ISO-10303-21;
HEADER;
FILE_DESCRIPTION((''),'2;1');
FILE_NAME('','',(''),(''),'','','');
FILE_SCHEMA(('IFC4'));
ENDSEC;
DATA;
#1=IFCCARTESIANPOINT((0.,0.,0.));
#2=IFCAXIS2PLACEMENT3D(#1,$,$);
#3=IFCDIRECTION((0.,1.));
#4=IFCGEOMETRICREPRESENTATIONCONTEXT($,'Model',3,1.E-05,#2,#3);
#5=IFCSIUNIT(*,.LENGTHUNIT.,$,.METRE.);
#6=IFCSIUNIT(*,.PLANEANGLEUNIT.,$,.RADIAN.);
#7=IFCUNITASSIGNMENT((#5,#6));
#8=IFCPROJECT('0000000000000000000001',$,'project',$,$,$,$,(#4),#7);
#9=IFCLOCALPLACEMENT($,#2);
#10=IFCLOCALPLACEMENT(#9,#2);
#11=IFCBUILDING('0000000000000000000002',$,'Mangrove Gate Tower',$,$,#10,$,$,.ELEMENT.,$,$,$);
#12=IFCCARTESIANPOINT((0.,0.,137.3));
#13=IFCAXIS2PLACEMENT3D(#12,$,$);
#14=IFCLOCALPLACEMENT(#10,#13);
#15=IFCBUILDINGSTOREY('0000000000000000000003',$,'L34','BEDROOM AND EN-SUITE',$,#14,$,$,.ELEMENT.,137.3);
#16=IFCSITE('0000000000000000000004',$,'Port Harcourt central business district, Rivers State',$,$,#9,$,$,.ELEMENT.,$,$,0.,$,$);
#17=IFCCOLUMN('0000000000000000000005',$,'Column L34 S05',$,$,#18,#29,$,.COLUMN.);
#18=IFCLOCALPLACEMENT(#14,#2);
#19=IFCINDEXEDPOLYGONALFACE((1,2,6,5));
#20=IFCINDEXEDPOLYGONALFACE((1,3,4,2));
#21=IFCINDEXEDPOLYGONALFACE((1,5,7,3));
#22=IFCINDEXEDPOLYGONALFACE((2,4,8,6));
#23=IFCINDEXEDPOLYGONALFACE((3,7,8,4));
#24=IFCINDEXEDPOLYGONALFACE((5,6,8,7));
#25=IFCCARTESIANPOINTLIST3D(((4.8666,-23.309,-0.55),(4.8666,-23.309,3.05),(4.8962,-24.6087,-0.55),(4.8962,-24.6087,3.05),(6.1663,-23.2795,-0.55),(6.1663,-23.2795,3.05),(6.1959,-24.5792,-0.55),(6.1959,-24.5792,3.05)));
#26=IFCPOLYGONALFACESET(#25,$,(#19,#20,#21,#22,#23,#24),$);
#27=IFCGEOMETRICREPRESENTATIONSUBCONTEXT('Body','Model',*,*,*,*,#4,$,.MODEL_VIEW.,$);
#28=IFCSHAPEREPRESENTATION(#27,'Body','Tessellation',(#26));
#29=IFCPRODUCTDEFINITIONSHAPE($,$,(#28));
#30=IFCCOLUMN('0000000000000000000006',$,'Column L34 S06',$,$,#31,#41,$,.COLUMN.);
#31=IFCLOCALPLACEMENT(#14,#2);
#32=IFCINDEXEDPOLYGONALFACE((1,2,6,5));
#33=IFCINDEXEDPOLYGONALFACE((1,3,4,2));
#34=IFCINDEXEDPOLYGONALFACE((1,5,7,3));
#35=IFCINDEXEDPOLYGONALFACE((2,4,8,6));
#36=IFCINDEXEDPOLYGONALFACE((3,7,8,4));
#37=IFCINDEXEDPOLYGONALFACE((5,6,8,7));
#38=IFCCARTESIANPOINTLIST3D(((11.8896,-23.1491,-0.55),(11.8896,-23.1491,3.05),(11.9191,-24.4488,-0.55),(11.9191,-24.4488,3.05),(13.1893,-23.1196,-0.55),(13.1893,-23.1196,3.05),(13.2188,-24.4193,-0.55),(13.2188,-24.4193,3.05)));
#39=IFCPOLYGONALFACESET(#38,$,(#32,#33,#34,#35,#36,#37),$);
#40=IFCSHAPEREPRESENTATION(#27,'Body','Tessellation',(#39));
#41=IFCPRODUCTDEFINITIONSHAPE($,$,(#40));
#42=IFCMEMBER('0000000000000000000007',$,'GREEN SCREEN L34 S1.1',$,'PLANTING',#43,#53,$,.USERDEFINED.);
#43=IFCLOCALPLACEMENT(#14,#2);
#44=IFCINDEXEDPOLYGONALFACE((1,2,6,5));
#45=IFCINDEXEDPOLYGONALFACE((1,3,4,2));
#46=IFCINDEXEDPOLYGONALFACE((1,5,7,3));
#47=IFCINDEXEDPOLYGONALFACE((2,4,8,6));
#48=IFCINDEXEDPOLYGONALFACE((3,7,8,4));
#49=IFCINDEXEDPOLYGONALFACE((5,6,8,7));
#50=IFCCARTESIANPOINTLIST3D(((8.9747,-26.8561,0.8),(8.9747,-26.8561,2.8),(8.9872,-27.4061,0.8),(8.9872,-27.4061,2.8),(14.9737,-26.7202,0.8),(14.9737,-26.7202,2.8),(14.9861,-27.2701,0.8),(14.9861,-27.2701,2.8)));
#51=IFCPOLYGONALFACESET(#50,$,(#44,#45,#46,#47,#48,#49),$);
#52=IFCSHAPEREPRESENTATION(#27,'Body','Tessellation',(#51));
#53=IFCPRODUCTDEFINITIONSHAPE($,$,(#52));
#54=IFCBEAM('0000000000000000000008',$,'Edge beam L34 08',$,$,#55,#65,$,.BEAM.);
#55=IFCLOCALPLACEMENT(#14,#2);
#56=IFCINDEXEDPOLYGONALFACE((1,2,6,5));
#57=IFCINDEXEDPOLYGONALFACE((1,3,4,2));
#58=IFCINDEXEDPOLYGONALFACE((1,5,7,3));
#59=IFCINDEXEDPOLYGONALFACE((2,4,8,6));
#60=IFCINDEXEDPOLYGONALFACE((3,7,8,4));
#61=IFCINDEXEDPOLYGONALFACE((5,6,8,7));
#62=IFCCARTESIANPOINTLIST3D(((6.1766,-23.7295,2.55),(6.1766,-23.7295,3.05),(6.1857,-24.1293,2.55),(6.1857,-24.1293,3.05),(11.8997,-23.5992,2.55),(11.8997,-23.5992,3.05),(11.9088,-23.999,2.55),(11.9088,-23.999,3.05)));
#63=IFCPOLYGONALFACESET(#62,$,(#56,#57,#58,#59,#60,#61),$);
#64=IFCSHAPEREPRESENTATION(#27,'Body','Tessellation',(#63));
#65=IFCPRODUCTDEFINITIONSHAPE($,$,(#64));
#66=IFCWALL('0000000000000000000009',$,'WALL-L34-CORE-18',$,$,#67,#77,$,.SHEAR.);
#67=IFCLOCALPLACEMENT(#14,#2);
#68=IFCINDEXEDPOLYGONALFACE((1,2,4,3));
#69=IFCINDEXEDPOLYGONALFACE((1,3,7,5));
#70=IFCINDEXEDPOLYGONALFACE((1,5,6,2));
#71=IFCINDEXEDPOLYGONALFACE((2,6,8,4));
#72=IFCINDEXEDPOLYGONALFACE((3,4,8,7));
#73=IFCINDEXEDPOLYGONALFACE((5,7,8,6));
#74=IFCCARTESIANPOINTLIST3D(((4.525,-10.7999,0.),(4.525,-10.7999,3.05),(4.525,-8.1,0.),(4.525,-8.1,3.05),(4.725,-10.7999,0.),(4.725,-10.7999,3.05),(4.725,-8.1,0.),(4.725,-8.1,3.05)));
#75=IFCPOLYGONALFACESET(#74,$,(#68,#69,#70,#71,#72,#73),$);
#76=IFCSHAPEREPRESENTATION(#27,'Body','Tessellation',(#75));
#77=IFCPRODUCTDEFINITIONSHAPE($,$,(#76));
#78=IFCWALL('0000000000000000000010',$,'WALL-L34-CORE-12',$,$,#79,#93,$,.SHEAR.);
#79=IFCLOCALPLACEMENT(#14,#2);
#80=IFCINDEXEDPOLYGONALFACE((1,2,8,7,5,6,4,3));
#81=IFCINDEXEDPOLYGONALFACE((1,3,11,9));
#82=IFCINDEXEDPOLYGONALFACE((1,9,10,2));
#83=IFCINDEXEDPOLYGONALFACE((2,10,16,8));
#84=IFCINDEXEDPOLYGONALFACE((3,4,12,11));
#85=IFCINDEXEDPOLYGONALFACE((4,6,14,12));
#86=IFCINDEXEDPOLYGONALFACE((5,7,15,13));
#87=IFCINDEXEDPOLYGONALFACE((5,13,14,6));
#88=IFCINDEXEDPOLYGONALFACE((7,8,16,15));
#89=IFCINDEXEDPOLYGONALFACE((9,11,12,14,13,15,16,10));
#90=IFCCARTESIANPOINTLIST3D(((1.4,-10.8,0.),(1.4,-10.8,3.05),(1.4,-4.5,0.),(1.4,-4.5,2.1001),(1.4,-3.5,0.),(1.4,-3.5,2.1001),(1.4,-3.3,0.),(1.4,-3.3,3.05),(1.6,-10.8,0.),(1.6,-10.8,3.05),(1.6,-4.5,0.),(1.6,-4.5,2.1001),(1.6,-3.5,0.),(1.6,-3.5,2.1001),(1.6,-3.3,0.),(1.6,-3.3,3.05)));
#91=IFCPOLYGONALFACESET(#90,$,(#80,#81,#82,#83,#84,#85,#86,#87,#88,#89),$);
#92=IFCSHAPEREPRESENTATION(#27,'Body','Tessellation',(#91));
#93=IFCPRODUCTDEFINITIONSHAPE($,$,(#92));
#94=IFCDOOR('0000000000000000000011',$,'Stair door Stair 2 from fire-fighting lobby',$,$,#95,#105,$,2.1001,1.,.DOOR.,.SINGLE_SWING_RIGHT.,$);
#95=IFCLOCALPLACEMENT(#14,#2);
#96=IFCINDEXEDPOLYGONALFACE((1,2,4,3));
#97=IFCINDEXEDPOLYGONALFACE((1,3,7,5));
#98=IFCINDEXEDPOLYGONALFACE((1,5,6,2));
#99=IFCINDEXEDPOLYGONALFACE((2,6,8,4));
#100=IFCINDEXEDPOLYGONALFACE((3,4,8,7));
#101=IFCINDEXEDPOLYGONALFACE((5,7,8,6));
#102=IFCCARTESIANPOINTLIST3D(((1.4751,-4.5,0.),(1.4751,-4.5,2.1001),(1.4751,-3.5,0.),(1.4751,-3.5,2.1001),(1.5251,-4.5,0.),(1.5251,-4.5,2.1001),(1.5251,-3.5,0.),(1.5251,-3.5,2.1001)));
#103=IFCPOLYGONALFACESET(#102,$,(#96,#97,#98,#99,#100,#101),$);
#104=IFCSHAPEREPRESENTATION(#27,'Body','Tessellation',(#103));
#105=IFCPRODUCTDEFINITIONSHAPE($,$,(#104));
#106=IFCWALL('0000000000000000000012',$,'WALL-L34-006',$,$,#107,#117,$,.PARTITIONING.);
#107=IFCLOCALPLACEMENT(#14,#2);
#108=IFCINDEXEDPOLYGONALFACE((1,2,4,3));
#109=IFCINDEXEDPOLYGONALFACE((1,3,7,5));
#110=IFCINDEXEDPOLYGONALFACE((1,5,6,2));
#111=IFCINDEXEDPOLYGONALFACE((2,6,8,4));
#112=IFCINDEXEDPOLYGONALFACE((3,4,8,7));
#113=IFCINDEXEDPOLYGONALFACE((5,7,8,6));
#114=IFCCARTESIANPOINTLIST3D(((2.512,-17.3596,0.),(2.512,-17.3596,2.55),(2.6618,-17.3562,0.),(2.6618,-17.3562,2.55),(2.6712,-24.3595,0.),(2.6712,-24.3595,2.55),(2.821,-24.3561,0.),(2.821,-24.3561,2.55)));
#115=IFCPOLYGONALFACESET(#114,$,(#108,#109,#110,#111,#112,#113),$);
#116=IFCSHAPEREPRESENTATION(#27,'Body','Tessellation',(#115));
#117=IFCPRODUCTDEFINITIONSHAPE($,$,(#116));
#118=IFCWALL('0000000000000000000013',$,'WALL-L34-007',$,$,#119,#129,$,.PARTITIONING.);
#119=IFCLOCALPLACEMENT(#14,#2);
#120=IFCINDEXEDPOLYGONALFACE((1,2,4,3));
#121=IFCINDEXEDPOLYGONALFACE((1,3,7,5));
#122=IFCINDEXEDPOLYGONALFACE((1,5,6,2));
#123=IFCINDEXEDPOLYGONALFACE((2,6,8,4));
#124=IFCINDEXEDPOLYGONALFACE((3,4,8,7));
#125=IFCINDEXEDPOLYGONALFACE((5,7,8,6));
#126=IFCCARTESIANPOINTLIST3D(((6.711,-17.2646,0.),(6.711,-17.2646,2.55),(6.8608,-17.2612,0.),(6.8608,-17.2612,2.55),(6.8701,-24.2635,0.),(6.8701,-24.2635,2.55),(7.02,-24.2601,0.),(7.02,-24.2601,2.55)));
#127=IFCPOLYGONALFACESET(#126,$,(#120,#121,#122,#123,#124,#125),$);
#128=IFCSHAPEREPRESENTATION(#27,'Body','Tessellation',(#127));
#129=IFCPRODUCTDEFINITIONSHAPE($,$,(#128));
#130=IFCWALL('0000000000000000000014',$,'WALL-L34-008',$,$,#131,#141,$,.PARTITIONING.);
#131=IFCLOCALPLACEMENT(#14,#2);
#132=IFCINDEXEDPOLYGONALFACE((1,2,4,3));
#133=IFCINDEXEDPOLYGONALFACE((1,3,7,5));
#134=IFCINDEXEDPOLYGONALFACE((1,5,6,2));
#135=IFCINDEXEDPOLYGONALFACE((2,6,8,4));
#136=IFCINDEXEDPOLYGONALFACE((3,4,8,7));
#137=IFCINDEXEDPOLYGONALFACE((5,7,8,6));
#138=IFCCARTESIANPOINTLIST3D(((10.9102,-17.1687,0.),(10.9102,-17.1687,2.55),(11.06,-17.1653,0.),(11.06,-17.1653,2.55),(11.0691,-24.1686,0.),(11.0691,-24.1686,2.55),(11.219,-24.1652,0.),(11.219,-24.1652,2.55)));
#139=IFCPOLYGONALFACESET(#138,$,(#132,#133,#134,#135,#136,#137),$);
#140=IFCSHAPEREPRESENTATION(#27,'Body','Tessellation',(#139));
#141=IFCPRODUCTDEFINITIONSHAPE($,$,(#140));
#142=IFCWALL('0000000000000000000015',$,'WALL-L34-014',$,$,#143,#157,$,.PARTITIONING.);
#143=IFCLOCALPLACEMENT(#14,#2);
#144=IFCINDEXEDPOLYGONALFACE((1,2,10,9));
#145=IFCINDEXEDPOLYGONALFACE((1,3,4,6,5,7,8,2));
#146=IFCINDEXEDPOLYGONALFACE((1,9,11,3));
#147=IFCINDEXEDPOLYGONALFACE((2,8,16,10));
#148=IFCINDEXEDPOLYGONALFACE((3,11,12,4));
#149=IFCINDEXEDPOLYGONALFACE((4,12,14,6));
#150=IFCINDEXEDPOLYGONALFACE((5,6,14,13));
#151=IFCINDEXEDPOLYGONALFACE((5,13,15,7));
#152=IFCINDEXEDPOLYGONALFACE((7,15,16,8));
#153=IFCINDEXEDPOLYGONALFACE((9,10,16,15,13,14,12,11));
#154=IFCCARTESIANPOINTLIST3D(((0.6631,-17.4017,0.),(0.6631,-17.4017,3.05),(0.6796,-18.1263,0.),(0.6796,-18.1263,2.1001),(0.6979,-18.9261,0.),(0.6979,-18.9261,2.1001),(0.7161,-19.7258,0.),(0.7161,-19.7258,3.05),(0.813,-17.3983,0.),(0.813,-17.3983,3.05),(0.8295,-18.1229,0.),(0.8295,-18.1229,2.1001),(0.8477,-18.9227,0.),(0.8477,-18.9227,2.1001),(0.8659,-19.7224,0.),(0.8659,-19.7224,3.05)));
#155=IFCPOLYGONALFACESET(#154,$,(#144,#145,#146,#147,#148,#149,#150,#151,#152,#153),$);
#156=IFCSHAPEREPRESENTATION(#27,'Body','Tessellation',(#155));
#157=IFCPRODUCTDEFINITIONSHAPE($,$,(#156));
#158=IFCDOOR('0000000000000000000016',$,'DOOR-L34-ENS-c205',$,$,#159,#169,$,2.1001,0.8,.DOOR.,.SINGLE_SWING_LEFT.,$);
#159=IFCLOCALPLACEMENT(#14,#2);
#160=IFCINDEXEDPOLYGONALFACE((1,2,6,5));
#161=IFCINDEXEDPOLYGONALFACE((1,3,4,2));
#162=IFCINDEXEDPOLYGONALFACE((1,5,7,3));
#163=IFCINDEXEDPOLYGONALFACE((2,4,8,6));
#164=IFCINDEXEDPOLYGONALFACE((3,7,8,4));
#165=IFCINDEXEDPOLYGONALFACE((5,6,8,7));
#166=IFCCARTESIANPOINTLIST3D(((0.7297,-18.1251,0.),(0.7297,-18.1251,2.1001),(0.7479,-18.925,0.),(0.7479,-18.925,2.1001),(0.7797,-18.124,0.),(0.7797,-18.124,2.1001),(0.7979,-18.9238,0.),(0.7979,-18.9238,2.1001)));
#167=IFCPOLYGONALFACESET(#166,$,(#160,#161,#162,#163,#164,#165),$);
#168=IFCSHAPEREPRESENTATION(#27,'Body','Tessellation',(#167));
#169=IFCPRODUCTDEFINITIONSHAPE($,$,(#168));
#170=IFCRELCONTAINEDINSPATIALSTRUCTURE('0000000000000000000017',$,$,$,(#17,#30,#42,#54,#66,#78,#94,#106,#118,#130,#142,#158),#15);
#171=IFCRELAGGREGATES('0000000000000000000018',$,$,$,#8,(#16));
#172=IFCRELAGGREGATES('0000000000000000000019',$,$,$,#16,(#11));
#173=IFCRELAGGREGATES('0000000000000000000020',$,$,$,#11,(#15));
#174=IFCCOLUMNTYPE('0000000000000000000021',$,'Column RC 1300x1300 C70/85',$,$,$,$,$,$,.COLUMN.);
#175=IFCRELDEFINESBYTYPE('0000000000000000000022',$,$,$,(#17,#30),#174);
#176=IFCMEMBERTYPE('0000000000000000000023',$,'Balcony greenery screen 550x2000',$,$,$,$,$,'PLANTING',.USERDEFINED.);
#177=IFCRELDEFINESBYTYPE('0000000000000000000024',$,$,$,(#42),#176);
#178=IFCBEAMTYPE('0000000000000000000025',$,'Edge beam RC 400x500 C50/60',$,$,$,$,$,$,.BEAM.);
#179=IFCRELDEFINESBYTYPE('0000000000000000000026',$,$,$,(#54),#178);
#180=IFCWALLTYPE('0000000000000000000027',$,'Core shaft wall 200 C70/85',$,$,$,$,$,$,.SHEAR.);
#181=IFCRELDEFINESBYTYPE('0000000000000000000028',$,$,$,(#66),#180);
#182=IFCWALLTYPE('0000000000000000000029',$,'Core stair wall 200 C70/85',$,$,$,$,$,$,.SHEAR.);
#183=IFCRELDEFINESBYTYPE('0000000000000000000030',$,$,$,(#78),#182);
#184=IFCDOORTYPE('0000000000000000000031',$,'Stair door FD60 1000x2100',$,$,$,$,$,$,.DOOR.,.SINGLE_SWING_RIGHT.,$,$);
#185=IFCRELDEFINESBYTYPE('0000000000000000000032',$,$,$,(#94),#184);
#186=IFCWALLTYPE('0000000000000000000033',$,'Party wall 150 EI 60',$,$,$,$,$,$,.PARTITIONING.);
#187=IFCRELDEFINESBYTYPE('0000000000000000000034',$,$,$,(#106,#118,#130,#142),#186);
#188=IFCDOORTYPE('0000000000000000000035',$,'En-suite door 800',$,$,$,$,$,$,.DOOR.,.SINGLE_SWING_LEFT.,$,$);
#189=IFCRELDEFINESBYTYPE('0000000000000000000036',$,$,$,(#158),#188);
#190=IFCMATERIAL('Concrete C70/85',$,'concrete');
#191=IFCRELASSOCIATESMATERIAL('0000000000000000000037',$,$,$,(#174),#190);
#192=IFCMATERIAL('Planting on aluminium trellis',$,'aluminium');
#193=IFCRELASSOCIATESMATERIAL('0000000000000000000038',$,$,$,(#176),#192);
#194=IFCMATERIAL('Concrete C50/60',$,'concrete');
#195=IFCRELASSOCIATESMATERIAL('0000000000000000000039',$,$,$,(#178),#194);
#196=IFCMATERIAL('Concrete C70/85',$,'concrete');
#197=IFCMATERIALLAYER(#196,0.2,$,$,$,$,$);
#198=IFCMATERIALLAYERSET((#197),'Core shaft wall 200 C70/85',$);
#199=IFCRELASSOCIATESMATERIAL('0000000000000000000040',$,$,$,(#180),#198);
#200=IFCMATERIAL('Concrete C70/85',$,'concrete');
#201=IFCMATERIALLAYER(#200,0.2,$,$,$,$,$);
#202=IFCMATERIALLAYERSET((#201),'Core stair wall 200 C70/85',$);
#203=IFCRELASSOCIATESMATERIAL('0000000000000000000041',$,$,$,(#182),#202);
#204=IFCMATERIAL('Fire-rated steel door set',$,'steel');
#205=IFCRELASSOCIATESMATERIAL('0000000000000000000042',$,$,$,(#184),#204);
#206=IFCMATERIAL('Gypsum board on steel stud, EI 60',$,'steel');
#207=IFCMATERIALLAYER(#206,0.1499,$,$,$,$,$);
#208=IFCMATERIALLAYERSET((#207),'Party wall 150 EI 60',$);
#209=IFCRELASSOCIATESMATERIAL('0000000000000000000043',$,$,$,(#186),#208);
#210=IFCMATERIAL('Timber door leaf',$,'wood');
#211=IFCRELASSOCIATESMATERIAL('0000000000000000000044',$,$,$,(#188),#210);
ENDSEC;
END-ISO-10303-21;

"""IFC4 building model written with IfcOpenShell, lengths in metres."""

from ifc_helpers import new_model, si_unit, direction, frame, frame_2d, origin, origin_2d, place, context, subcontext, project, spatial, rectangle, extrude, material, layer, layer_set, material_profile, profile_set, type_object, element, fill, save


model = new_model("IFC4")

# Units and contexts
model_context = context("Model", 3, precision=1e-05, world=origin(), true_north=direction((0.0, 1.0)))
body_context = subcontext(model_context, "Body", "Model", "MODEL_VIEW")
ifc_project = project(units=[si_unit("LENGTHUNIT", "METRE"), si_unit("PLANEANGLEUNIT", "RADIAN")], contexts=[model_context])

# Site, building, storey
site_placement = place(None, origin())
site = spatial("IfcSite", under=ifc_project, at=site_placement, Name="Port Harcourt central business district, Rivers State", CompositionType="ELEMENT", RefElevation=0.0)
building_placement = place(site_placement, origin())
building = spatial("IfcBuilding", under=site, at=building_placement, Name="Mangrove Gate Tower", CompositionType="ELEMENT")
storey_placement = place(building_placement, frame((0.0, 0.0, 137.3)))
storey = spatial("IfcBuildingStorey", under=building, at=storey_placement, Name="L34", Description="BEDROOM AND EN-SUITE", CompositionType="ELEMENT", Elevation=137.3)

# Columns
ifc_material_1 = material(Name="Concrete C70/85", Category="concrete")
ifc_material_profile_1 = material_profile(ifc_material_1, rectangle(XDim=1.3, YDim=1.3, at=origin_2d()))
ifc_profile_set_1 = profile_set([ifc_material_profile_1], Name="Concrete C70/85")
column_type = type_object("IfcColumnType", Name="Column RC 1300x1300 C70/85", PredefinedType="COLUMN", material=ifc_profile_set_1)
for number, where, z_axis, x_axis, name in (
    (1, (5.5312, -23.9441, -0.55), (0.0, 0.0, 1.0), (0.999742, 0.022707, 0.0), "Column L34 S05"),
    (2, (12.5542, -23.7842, -0.55), (0.0, 0.0, 1.0), (0.999742, 0.022707, 0.0), "Column L34 S06"),
):
    element("IfcColumn", number, at=place(storey_placement, frame(where, z_axis=z_axis, x_axis=x_axis)), inside=storey, type_object=column_type, Name=name, PredefinedType="COLUMN", context=body_context, shape_type="SweptSolid", body=[
        extrude(rectangle(XDim=1.3, YDim=1.3, at=origin_2d()), origin(), (0.0, 0.0, 1.0), 3.6001),
    ])

# Member
ifc_material_2 = material(Name="Planting on aluminium trellis", Category="aluminium")
ifc_material_profile_2 = material_profile(ifc_material_2, rectangle(XDim=0.55, YDim=2.0, at=origin_2d()))
ifc_profile_set_2 = profile_set([ifc_material_profile_2], Name="Planting on aluminium trellis")
member_type = type_object("IfcMemberType", Name="Balcony greenery screen 550x2000", ElementType="PLANTING", PredefinedType="USERDEFINED", material=ifc_profile_set_2)
member_placement = place(storey_placement, frame((8.981, -27.1311, 1.8), z_axis=(0.999743, 0.022662, 0.0), x_axis=(-0.022662, 0.999743, 0.0)))
element("IfcMember", 3, at=member_placement, inside=storey, type_object=member_type, Name="GREEN SCREEN L34 S1.1", ObjectType="PLANTING", PredefinedType="USERDEFINED", context=body_context, shape_type="SweptSolid", body=[
    extrude(rectangle(XDim=0.55, YDim=2.0, at=origin_2d()), origin(), (0.0, 0.0, 1.0), 6.0005),
])

# Beam
ifc_material_3 = material(Name="Concrete C50/60", Category="concrete")
ifc_material_profile_3 = material_profile(ifc_material_3, rectangle(XDim=0.3999, YDim=0.5, at=origin_2d()))
ifc_profile_set_3 = profile_set([ifc_material_profile_3], Name="Concrete C50/60")
beam_type = type_object("IfcBeamType", Name="Edge beam RC 400x500 C50/60", PredefinedType="BEAM", material=ifc_profile_set_3)
beam_placement = place(storey_placement, frame((6.1812, -23.9294, 2.8), z_axis=(0.999741, 0.022774, 0.0), x_axis=(-0.022774, 0.999741, 0.0)))
element("IfcBeam", 4, at=beam_placement, inside=storey, type_object=beam_type, Name="Edge beam L34 08", PredefinedType="BEAM", context=body_context, shape_type="SweptSolid", body=[
    extrude(rectangle(XDim=0.3999, YDim=0.5, at=origin_2d()), origin(), (0.0, 0.0, 1.0), 5.7246),
])

# Wall
ifc_material_4 = material(Name="Concrete C70/85", Category="concrete")
ifc_layer_1 = layer(ifc_material_4, 0.2)
ifc_layer_set_1 = layer_set([ifc_layer_1], Name="Core shaft wall 200 C70/85")
wall_type_1 = type_object("IfcWallType", Name="Core shaft wall 200 C70/85", PredefinedType="SHEAR", material=ifc_layer_set_1)
wall_1_placement = place(storey_placement, frame((4.625, -10.8, 0.0), z_axis=(0.0, 0.0, 1.0), x_axis=(0.0, 1.0, 0.0)))
element("IfcWall", 5, at=wall_1_placement, inside=storey, type_object=wall_type_1, Name="WALL-L34-CORE-18", PredefinedType="SHEAR", context=body_context, shape_type="SweptSolid", body=[
    extrude(rectangle(XDim=2.7, YDim=0.2, at=frame_2d((1.3501, 0.0))), origin(), (0.0, 0.0, 1.0), 3.05),
])

# Wall, opening, door
ifc_material_5 = material(Name="Concrete C70/85", Category="concrete")
ifc_layer_2 = layer(ifc_material_5, 0.2)
ifc_layer_set_2 = layer_set([ifc_layer_2], Name="Core stair wall 200 C70/85")
wall_type_2 = type_object("IfcWallType", Name="Core stair wall 200 C70/85", PredefinedType="SHEAR", material=ifc_layer_set_2)
wall_2_placement = place(storey_placement, frame((1.5, -10.8, 0.0), z_axis=(0.0, 0.0, 1.0), x_axis=(0.0, 1.0, 0.0)))
wall_2 = element("IfcWall", 6, at=wall_2_placement, inside=storey, type_object=wall_type_2, Name="WALL-L34-CORE-12", PredefinedType="SHEAR", context=body_context, shape_type="SweptSolid", body=[
    extrude(rectangle(XDim=7.5, YDim=0.2, at=frame_2d((3.75, 0.0))), origin(), (0.0, 0.0, 1.0), 3.05),
])
opening_1_placement = place(wall_2_placement, frame((6.3, 0.0, 0.0)))
opening_1 = element("IfcOpeningElement", 7, at=opening_1_placement, cuts=wall_2, PredefinedType="OPENING", context=body_context, shape_type="SweptSolid", body=[
    extrude(rectangle(XDim=1.0, YDim=2.1001, at=frame_2d((0.5, 1.05))), frame((0.0, 0.1099, 0.0), z_axis=(0.0, -1.0, 0.0), x_axis=(1.0, 0.0, 0.0)), (0.0, 0.0, 1.0), 0.22),
])
ifc_material_6 = material(Name="Fire-rated steel door set", Category="steel")
door_type_1 = type_object("IfcDoorType", Name="Stair door FD60 1000x2100", OperationType="SINGLE_SWING_RIGHT", PredefinedType="DOOR", material=ifc_material_6)
door_1_placement = place(opening_1_placement, origin())
door_1 = element("IfcDoor", 8, at=door_1_placement, inside=storey, type_object=door_type_1, Name="Stair door Stair 2 from fire-fighting lobby", OperationType="SINGLE_SWING_RIGHT", OverallHeight=2.1001, OverallWidth=1.0, PredefinedType="DOOR", context=body_context, shape_type="SweptSolid", body=[
    extrude(rectangle(XDim=1.0, YDim=2.1001, at=frame_2d((0.5, 1.05))), frame((0.0, 0.0249, 0.0), z_axis=(0.0, -1.0, 0.0), x_axis=(1.0, 0.0, 0.0)), (0.0, 0.0, 1.0), 0.05),
])
fill(opening_1, door_1)

# Walls
ifc_material_7 = material(Name="Gypsum board on steel stud, EI 60", Category="steel")
ifc_layer_3 = layer(ifc_material_7, 0.1499)
ifc_layer_set_3 = layer_set([ifc_layer_3], Name="Party wall 150 EI 60")
wall_type_3 = type_object("IfcWallType", Name="Party wall 150 EI 60", PredefinedType="PARTITIONING", material=ifc_layer_set_3)
wall_3_placement = place(storey_placement, frame((2.7461, -24.3579, 0.0), z_axis=(0.0, 0.0, 1.0), x_axis=(-0.022734, 0.999742, 0.0)))
element("IfcWall", 9, at=wall_3_placement, inside=storey, type_object=wall_type_3, Name="WALL-L34-006", PredefinedType="PARTITIONING", context=body_context, shape_type="SweptSolid", body=[
    extrude(rectangle(XDim=7.0017, YDim=0.1499, at=frame_2d((3.501, 0.0))), origin(), (0.0, 0.0, 1.0), 2.55),
])
wall_4_placement = place(storey_placement, frame((6.9451, -24.262, 0.0), z_axis=(0.0, 0.0, 1.0), x_axis=(-0.022737, 0.999741, 0.0)))
element("IfcWall", 10, at=wall_4_placement, inside=storey, type_object=wall_type_3, Name="WALL-L34-007", PredefinedType="PARTITIONING", context=body_context, shape_type="SweptSolid", body=[
    extrude(rectangle(XDim=7.0007, YDim=0.1499, at=frame_2d((3.5005, 0.0))), origin(), (0.0, 0.0, 1.0), 2.55),
])
wall_5_placement = place(storey_placement, frame((11.144, -24.167, 0.0), z_axis=(0.0, 0.0, 1.0), x_axis=(-0.022699, 0.999742, 0.0)))
element("IfcWall", 11, at=wall_5_placement, inside=storey, type_object=wall_type_3, Name="WALL-L34-008", PredefinedType="PARTITIONING", context=body_context, shape_type="SweptSolid", body=[
    extrude(rectangle(XDim=7.0017, YDim=0.1499, at=frame_2d((3.501, 0.0))), origin(), (0.0, 0.0, 1.0), 2.55),
])

# Wall, opening, door
wall_6_placement = place(storey_placement, frame((0.791, -19.7241, 0.0), z_axis=(0.0, 0.0, 1.0), x_axis=(-0.022788, 0.99974, 0.0)))
wall_6 = element("IfcWall", 12, at=wall_6_placement, inside=storey, type_object=wall_type_3, Name="WALL-L34-014", PredefinedType="PARTITIONING", context=body_context, shape_type="SweptSolid", body=[
    extrude(rectangle(XDim=2.3247, YDim=0.1499, at=frame_2d((1.1624, 0.0))), origin(), (0.0, 0.0, 1.0), 3.05),
])
opening_2_placement = place(wall_6_placement, frame((0.8, 0.0, 0.0)))
opening_2 = element("IfcOpeningElement", 13, at=opening_2_placement, cuts=wall_6, PredefinedType="OPENING", context=body_context, shape_type="SweptSolid", body=[
    extrude(rectangle(XDim=0.8, YDim=2.1001, at=frame_2d((0.3999, 1.05))), frame((0.0, 0.085, 0.0), z_axis=(0.0, -1.0, 0.0), x_axis=(1.0, 0.0, 0.0)), (0.0, 0.0, 1.0), 0.1699),
])
ifc_material_8 = material(Name="Timber door leaf", Category="wood")
door_type_2 = type_object("IfcDoorType", Name="En-suite door 800", OperationType="SINGLE_SWING_LEFT", PredefinedType="DOOR", material=ifc_material_8)
door_2_placement = place(opening_2_placement, origin())
door_2 = element("IfcDoor", 14, at=door_2_placement, inside=storey, type_object=door_type_2, Name="DOOR-L34-ENS-c205", OperationType="SINGLE_SWING_LEFT", OverallHeight=2.1001, OverallWidth=0.8, PredefinedType="DOOR", context=body_context, shape_type="SweptSolid", body=[
    extrude(rectangle(XDim=0.8, YDim=2.1001, at=frame_2d((0.3999, 1.05))), frame((0.0, 0.0249, 0.0), z_axis=(0.0, -1.0, 0.0), x_axis=(1.0, 0.0, 0.0)), (0.0, 0.0, 1.0), 0.05),
])
fill(opening_2, door_2)

save(model, "model.ifc")
